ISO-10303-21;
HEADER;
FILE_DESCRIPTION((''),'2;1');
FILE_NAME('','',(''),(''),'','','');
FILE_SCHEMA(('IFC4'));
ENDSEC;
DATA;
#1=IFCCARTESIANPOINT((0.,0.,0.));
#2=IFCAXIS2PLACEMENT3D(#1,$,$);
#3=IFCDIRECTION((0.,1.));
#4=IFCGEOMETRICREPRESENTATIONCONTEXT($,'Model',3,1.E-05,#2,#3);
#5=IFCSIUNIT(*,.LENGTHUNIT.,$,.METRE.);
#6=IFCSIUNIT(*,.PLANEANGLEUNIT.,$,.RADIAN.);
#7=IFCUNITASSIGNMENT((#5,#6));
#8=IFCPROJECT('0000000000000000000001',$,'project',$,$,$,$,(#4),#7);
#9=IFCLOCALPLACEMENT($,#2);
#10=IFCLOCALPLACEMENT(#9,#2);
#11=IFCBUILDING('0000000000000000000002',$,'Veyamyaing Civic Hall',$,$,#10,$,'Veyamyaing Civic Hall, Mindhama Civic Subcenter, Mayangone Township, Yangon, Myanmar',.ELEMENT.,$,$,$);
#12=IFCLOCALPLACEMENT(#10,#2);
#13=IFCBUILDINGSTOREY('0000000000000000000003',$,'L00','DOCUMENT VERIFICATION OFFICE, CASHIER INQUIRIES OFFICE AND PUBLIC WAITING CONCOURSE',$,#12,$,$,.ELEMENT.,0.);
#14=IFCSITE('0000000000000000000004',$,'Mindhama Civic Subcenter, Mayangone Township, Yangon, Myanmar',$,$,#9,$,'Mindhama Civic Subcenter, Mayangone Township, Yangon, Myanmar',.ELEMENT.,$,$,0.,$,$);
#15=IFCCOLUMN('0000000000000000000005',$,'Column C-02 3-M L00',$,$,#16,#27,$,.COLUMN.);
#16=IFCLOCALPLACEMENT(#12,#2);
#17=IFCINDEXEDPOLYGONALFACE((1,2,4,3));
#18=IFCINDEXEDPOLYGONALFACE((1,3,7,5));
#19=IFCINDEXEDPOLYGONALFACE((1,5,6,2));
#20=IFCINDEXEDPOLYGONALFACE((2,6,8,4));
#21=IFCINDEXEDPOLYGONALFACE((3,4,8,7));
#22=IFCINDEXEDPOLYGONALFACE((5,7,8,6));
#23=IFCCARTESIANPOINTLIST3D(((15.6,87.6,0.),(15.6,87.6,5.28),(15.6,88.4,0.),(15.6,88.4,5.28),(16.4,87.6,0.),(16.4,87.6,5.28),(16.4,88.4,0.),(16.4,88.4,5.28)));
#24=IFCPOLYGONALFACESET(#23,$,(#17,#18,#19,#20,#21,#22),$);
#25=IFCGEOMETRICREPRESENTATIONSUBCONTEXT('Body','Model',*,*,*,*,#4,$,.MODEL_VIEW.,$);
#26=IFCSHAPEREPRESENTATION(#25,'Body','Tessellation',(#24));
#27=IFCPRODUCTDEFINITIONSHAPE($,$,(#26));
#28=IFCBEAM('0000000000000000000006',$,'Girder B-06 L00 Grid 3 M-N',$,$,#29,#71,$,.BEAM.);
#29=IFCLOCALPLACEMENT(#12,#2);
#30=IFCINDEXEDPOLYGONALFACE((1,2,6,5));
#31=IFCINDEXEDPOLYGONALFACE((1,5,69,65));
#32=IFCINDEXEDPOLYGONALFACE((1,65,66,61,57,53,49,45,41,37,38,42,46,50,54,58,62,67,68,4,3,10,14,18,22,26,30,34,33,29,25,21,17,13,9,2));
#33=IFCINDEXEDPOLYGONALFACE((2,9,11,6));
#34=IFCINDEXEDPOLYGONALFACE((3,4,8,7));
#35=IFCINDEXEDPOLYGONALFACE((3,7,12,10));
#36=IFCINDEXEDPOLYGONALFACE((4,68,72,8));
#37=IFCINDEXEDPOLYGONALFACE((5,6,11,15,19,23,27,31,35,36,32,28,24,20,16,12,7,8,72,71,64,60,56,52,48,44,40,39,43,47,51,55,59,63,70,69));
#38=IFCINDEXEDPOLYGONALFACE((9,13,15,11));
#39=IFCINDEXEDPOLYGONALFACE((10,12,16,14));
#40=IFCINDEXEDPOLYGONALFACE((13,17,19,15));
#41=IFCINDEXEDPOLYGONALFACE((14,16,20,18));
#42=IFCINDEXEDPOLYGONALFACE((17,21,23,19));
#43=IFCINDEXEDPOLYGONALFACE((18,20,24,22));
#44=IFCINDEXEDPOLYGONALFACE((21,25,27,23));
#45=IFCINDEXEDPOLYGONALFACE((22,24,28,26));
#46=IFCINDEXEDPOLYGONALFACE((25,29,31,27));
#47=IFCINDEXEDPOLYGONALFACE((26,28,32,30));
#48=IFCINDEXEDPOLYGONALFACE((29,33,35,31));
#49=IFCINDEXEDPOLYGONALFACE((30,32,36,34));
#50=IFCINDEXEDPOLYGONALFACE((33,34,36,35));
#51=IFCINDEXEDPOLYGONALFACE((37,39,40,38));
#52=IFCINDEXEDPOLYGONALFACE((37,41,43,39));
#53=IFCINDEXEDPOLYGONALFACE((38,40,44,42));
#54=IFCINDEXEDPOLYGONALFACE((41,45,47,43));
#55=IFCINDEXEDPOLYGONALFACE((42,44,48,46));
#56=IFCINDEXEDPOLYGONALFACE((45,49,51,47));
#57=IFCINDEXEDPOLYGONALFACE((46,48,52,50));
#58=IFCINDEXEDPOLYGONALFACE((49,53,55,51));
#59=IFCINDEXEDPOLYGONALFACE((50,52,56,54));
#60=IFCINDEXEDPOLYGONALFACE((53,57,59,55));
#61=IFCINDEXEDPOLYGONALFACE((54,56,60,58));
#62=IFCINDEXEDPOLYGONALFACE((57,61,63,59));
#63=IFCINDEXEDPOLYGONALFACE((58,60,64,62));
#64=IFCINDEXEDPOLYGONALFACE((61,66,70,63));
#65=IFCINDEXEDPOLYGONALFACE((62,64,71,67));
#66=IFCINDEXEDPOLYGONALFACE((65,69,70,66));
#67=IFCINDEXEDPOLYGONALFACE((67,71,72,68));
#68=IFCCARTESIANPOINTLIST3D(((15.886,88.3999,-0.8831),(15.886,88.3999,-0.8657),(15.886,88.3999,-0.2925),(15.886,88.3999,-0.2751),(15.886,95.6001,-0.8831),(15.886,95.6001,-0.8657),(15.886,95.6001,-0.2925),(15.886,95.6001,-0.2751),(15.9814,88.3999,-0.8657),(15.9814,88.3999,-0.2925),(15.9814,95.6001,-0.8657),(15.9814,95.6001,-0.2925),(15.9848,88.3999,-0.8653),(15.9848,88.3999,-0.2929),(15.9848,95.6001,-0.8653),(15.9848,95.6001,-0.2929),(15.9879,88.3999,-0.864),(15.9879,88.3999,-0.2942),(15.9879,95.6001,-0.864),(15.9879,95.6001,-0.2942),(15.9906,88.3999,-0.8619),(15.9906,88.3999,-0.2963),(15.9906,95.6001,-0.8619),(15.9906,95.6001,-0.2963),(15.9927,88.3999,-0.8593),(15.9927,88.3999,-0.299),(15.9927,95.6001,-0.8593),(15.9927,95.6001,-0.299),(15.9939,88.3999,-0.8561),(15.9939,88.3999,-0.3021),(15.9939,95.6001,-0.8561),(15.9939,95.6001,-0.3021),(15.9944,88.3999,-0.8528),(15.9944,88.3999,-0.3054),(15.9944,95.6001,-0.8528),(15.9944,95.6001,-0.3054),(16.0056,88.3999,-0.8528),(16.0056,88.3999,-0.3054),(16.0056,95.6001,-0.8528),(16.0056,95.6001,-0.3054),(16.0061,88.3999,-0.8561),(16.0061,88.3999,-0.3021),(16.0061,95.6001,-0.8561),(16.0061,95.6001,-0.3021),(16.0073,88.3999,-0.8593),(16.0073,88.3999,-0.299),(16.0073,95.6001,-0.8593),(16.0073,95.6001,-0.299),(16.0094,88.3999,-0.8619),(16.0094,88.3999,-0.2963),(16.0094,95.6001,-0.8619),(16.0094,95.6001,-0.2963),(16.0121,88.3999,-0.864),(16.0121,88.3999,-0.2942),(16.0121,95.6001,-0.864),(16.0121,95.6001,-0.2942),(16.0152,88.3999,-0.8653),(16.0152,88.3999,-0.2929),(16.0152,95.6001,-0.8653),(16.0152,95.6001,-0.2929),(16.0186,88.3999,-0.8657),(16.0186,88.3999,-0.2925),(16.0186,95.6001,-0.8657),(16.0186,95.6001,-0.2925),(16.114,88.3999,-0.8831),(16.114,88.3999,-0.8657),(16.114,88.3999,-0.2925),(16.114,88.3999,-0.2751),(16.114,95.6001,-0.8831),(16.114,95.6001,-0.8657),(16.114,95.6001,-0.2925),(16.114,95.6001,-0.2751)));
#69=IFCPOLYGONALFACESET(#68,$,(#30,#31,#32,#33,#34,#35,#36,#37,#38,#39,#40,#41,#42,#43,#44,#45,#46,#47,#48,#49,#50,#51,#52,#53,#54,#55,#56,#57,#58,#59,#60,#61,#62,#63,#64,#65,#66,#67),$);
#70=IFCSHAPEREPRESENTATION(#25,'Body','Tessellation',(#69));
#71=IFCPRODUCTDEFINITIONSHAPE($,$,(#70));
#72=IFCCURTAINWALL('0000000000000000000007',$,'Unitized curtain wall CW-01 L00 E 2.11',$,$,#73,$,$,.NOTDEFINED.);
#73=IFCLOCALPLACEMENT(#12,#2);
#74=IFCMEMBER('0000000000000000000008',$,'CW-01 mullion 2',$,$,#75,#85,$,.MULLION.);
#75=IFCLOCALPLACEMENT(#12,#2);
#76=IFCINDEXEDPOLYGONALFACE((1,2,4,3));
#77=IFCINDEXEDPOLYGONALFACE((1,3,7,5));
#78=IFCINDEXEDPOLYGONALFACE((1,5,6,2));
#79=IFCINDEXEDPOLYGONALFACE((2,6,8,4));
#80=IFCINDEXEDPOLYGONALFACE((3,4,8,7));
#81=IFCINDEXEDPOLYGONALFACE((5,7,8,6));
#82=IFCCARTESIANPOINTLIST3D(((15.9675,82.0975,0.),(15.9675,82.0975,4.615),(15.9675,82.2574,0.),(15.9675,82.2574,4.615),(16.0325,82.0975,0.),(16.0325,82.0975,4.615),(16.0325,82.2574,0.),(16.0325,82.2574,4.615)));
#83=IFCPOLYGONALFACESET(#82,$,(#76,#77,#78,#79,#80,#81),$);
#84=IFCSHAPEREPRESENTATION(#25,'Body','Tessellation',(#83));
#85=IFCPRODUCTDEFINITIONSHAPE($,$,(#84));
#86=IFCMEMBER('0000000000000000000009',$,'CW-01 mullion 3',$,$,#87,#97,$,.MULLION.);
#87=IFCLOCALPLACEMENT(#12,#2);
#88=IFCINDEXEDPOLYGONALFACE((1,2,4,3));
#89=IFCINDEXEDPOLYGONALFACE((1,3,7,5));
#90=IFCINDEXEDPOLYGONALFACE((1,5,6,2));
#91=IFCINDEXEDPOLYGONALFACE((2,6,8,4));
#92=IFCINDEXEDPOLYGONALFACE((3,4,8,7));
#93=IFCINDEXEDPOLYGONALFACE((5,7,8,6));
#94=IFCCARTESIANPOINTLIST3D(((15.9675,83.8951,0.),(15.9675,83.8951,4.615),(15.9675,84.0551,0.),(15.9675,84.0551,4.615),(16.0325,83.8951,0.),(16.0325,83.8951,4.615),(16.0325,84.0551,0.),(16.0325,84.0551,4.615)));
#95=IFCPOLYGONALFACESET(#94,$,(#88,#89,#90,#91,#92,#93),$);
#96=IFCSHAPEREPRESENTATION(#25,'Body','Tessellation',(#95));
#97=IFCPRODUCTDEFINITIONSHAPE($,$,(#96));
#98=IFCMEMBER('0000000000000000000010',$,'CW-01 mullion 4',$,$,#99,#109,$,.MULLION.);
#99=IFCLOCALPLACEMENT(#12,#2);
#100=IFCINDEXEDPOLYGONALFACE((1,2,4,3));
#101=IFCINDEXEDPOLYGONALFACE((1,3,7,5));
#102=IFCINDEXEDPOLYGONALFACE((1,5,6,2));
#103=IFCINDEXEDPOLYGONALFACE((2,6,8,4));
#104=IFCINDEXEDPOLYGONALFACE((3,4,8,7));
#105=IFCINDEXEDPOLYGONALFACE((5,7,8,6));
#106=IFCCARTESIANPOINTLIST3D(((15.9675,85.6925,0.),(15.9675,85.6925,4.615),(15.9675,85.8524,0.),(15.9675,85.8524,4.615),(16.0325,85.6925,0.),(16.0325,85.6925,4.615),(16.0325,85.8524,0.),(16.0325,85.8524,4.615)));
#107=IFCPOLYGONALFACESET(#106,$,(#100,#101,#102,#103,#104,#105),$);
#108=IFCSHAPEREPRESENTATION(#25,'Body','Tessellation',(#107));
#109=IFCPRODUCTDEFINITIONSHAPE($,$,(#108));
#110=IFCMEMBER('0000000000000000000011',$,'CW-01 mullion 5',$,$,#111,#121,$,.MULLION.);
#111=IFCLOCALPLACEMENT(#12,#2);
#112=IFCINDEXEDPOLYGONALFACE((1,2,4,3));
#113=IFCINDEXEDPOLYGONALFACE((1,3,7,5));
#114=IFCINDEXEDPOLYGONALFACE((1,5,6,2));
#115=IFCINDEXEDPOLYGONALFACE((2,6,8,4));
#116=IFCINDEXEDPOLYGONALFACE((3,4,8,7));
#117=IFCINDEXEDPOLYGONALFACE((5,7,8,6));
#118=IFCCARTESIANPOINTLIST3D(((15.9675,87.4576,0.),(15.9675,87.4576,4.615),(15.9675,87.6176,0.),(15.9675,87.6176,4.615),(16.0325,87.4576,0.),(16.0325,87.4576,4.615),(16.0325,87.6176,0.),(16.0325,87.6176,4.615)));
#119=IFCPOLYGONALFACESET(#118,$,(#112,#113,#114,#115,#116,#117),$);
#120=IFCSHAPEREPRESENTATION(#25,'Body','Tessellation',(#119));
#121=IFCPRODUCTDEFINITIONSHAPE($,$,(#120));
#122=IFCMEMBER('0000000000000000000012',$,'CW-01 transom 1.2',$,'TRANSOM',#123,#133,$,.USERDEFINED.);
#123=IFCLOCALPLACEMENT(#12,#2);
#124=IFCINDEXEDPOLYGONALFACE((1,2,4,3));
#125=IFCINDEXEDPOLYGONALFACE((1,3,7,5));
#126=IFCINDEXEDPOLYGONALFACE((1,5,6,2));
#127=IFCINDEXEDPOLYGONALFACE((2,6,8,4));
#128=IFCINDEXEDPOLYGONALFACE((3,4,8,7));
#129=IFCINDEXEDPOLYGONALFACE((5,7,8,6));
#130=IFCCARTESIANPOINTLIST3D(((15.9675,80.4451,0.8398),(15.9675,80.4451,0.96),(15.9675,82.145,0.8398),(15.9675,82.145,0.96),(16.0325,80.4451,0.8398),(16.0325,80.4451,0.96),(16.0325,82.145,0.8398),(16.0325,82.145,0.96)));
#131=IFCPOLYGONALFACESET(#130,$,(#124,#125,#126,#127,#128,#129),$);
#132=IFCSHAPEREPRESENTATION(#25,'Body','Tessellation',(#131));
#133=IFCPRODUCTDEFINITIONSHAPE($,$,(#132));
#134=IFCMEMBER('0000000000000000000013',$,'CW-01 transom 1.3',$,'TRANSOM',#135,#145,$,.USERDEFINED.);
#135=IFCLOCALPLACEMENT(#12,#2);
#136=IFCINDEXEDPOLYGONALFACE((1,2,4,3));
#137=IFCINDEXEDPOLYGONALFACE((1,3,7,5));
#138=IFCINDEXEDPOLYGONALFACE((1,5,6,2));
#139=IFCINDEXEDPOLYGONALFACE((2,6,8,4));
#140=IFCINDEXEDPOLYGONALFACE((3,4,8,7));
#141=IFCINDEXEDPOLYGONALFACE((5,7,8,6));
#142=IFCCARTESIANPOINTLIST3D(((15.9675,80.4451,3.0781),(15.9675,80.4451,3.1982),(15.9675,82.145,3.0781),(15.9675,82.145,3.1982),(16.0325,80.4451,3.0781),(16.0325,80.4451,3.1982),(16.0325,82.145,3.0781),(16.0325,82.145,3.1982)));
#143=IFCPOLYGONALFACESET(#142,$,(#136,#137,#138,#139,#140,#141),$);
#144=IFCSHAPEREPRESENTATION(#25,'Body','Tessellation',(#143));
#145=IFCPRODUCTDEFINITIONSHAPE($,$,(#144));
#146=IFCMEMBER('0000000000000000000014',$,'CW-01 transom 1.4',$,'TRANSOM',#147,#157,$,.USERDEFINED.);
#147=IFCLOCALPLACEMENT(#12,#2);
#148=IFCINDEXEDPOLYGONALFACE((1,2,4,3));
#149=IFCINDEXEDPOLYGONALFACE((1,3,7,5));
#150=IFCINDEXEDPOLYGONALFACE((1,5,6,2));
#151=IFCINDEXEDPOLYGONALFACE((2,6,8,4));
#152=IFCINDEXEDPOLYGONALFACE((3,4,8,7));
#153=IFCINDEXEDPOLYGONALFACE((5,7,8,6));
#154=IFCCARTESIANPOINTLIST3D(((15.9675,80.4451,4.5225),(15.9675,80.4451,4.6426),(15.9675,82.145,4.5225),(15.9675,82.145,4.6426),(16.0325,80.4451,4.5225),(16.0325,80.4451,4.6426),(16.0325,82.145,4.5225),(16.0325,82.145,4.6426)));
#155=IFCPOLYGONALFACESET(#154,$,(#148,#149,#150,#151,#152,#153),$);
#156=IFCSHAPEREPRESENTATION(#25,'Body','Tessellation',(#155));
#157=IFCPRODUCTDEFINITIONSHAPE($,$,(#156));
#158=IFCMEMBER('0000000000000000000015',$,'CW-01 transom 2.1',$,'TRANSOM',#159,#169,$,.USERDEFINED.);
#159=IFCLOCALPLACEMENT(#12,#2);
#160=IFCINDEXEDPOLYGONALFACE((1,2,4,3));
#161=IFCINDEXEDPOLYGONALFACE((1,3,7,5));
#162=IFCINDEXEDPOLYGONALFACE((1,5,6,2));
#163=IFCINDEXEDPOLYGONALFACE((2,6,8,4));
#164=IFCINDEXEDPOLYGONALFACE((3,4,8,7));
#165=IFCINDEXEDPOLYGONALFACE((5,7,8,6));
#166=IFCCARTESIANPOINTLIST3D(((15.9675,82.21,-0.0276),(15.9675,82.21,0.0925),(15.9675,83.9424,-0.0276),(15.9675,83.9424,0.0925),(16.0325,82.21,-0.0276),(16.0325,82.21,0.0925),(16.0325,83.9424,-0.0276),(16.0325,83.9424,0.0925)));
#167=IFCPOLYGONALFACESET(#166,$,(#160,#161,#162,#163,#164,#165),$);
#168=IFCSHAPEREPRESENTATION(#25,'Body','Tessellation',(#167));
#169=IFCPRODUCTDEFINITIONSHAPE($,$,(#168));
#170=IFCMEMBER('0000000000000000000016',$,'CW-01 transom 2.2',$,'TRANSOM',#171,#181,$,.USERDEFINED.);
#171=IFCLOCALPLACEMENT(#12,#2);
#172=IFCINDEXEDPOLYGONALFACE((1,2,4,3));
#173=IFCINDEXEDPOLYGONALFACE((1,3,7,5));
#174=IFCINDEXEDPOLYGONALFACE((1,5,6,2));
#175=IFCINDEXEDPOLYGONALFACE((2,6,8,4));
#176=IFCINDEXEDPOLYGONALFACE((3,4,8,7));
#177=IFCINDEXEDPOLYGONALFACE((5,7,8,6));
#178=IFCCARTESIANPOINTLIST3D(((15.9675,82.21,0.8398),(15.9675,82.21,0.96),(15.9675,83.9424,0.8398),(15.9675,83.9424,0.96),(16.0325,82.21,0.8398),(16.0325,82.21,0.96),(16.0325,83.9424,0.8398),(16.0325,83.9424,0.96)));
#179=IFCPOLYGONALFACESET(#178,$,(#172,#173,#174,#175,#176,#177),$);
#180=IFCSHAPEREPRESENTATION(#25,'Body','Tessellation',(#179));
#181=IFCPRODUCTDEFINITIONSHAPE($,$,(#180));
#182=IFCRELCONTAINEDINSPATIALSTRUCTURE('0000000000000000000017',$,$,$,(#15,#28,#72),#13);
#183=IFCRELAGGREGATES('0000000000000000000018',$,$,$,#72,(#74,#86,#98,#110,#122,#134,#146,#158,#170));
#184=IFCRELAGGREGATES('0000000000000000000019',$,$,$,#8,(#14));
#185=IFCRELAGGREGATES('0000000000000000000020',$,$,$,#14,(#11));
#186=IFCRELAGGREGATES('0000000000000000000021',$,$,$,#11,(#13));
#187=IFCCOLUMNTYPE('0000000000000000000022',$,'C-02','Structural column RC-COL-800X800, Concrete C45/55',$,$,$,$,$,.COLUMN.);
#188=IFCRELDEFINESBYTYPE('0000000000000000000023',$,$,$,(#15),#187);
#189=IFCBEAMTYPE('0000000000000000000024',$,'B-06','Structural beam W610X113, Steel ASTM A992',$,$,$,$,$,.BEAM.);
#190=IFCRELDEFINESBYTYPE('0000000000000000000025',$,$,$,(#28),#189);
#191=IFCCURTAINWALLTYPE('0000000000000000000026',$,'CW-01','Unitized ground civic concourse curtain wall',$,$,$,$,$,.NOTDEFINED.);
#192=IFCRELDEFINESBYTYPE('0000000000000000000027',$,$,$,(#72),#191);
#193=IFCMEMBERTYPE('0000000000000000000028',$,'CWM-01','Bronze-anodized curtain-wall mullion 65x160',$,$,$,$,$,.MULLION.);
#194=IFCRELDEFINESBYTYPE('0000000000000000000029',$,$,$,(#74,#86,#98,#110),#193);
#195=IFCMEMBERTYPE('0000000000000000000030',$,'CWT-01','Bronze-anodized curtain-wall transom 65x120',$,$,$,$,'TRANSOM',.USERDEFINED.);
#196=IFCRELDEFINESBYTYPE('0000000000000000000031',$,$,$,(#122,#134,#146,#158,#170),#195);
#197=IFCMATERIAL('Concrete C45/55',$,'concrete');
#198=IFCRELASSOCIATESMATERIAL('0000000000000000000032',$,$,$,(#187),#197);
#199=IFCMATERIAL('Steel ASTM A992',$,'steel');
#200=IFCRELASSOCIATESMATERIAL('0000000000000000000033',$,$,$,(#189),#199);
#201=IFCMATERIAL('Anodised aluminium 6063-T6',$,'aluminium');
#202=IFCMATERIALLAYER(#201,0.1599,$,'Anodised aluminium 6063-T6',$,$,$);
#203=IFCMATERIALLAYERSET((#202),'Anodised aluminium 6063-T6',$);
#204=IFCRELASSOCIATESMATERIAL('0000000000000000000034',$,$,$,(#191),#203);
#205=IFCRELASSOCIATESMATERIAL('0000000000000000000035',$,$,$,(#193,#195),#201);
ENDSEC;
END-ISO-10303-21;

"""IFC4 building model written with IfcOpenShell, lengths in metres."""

from ifc_helpers import new_model, si_unit, direction, frame, origin, origin_2d, place, context, subcontext, project, spatial, rectangle, i_section, extrude, material, layer, layer_set, material_profile, profile_set, type_object, element, aggregate, save


model = new_model("IFC4")

# Units and contexts
model_context = context("Model", 3, precision=1e-05, world=origin(), true_north=direction((0.0, 1.0)))
body_context = subcontext(model_context, "Body", "Model", "MODEL_VIEW")
ifc_project = project(units=[si_unit("LENGTHUNIT", "METRE"), si_unit("PLANEANGLEUNIT", "RADIAN")], contexts=[model_context])

# Site, building, storey
site_placement = place(None, origin())
site = spatial("IfcSite", under=ifc_project, at=site_placement, Name="Mindhama Civic Subcenter, Mayangone Township, Yangon, Myanmar", LongName="Mindhama Civic Subcenter, Mayangone Township, Yangon, Myanmar", CompositionType="ELEMENT", RefElevation=0.0)
building_placement = place(site_placement, origin())
building = spatial("IfcBuilding", under=site, at=building_placement, Name="Veyamyaing Civic Hall", LongName="Veyamyaing Civic Hall, Mindhama Civic Subcenter, Mayangone Township, Yangon, Myanmar", CompositionType="ELEMENT")
storey_placement = place(building_placement, origin())
storey = spatial("IfcBuildingStorey", under=building, at=storey_placement, Name="L00", Description="DOCUMENT VERIFICATION OFFICE, CASHIER INQUIRIES OFFICE AND PUBLIC WAITING CONCOURSE", CompositionType="ELEMENT", Elevation=0.0)

# Column
ifc_material_1 = material(Name="Concrete C45/55", Category="concrete")
ifc_material_profile_1 = material_profile(ifc_material_1, rectangle(XDim=0.8, YDim=0.8, at=origin_2d()), Name="RC-COL-800X800")
ifc_profile_set_1 = profile_set([ifc_material_profile_1], Name="Concrete C45/55")
column_type = type_object("IfcColumnType", Name="C-02", Description="Structural column RC-COL-800X800, Concrete C45/55", PredefinedType="COLUMN", material=ifc_profile_set_1)
column_placement = place(storey_placement, frame((16.0, 88.0, 0.0), z_axis=(0.0, 0.0, 1.0), x_axis=(1.0, 0.0, 0.0)))
element("IfcColumn", 1, at=column_placement, inside=storey, type_object=column_type, Name="Column C-02 3-M L00", PredefinedType="COLUMN", context=body_context, shape_type="SweptSolid", body=[
    extrude(rectangle(XDim=0.8, YDim=0.8, at=origin_2d()), origin(), (0.0, 0.0, 1.0), 5.28),
])

# Beam
ifc_material_2 = material(Name="Steel ASTM A992", Category="steel")
ifc_material_profile_2 = material_profile(ifc_material_2, i_section(OverallWidth=0.228, OverallDepth=0.6079, WebThickness=0.0112, FlangeThickness=0.0173, FilletRadius=0.0129, at=origin_2d()), Name="W610X113")
ifc_profile_set_2 = profile_set([ifc_material_profile_2], Name="Steel ASTM A992")
beam_type = type_object("IfcBeamType", Name="B-06", Description="Structural beam W610X113, Steel ASTM A992", PredefinedType="BEAM", material=ifc_profile_set_2)
beam_placement = place(storey_placement, frame((16.0, 88.3999, -0.5791), z_axis=(0.0, 1.0, 0.0), x_axis=(-1.0, 0.0, 0.0)))
element("IfcBeam", 2, at=beam_placement, inside=storey, type_object=beam_type, Name="Girder B-06 L00 Grid 3 M-N", PredefinedType="BEAM", context=body_context, shape_type="SweptSolid", body=[
    extrude(i_section(OverallWidth=0.228, OverallDepth=0.6079, WebThickness=0.0112, FlangeThickness=0.0173, FilletRadius=0.0129, at=origin_2d()), origin(), (0.0, 0.0, 1.0), 7.2002),
])

# Curtain wall, members
ifc_material_3 = material(Name="Anodised aluminium 6063-T6", Category="aluminium")
ifc_layer_1 = layer(ifc_material_3, 0.1599, Name="Anodised aluminium 6063-T6")
ifc_layer_set_1 = layer_set([ifc_layer_1], Name="Anodised aluminium 6063-T6")
curtain_wall_type = type_object("IfcCurtainWallType", Name="CW-01", Description="Unitized ground civic concourse curtain wall", PredefinedType="NOTDEFINED", material=ifc_layer_set_1)
curtain_wall_placement = place(storey_placement, origin())
curtain_wall = element("IfcCurtainWall", 3, at=curtain_wall_placement, inside=storey, type_object=curtain_wall_type, Name="Unitized curtain wall CW-01 L00 E 2.11", PredefinedType="NOTDEFINED")
ifc_material_profile_3 = material_profile(ifc_material_3, rectangle(XDim=0.0649, YDim=0.1599, at=origin_2d()), Name="ALU-MUL-65X160")
ifc_profile_set_3 = profile_set([ifc_material_profile_3], Name="Anodised aluminium 6063-T6")
member_type_1 = type_object("IfcMemberType", Name="CWM-01", Description="Bronze-anodized curtain-wall mullion 65x160", PredefinedType="MULLION", material=ifc_profile_set_3)
member_1_placement = place(storey_placement, frame((16.0, 82.1775, 0.0), z_axis=(0.0, 0.0, 1.0), x_axis=(-1.0, 0.0, 0.0)))
member_1 = element("IfcMember", 4, at=member_1_placement, type_object=member_type_1, Name="CW-01 mullion 2", PredefinedType="MULLION", context=body_context, shape_type="SweptSolid", body=[
    extrude(rectangle(XDim=0.0649, YDim=0.1599, at=origin_2d()), origin(), (0.0, 0.0, 1.0), 4.615),
])
member_2_placement = place(storey_placement, frame((16.0, 83.9751, 0.0), z_axis=(0.0, 0.0, 1.0), x_axis=(-1.0, 0.0, 0.0)))
member_2 = element("IfcMember", 5, at=member_2_placement, type_object=member_type_1, Name="CW-01 mullion 3", PredefinedType="MULLION", context=body_context, shape_type="SweptSolid", body=[
    extrude(rectangle(XDim=0.0649, YDim=0.1599, at=origin_2d()), origin(), (0.0, 0.0, 1.0), 4.615),
])
member_3_placement = place(storey_placement, frame((16.0, 85.7725, 0.0), z_axis=(0.0, 0.0, 1.0), x_axis=(-1.0, 0.0, 0.0)))
member_3 = element("IfcMember", 6, at=member_3_placement, type_object=member_type_1, Name="CW-01 mullion 4", PredefinedType="MULLION", context=body_context, shape_type="SweptSolid", body=[
    extrude(rectangle(XDim=0.0649, YDim=0.1599, at=origin_2d()), origin(), (0.0, 0.0, 1.0), 4.615),
])
member_4_placement = place(storey_placement, frame((16.0, 87.5376, 0.0), z_axis=(0.0, 0.0, 1.0), x_axis=(-1.0, 0.0, 0.0)))
member_4 = element("IfcMember", 7, at=member_4_placement, type_object=member_type_1, Name="CW-01 mullion 5", PredefinedType="MULLION", context=body_context, shape_type="SweptSolid", body=[
    extrude(rectangle(XDim=0.0649, YDim=0.1599, at=origin_2d()), origin(), (0.0, 0.0, 1.0), 4.615),
])
ifc_material_profile_4 = material_profile(ifc_material_3, rectangle(XDim=0.0649, YDim=0.1201, at=origin_2d()), Name="ALU-TRN-65X120")
ifc_profile_set_4 = profile_set([ifc_material_profile_4], Name="Anodised aluminium 6063-T6")
member_type_2 = type_object("IfcMemberType", Name="CWT-01", Description="Bronze-anodized curtain-wall transom 65x120", ElementType="TRANSOM", PredefinedType="USERDEFINED", material=ifc_profile_set_4)
member_5_placement = place(storey_placement, frame((16.0, 80.4451, 0.8999), z_axis=(0.0, 1.0, 0.0), x_axis=(-1.0, 0.0, 0.0)))
member_5 = element("IfcMember", 8, at=member_5_placement, type_object=member_type_2, Name="CW-01 transom 1.2", ObjectType="TRANSOM", PredefinedType="USERDEFINED", context=body_context, shape_type="SweptSolid", body=[
    extrude(rectangle(XDim=0.0649, YDim=0.1201, at=origin_2d()), origin(), (0.0, 0.0, 1.0), 1.7),
])
member_6_placement = place(storey_placement, frame((16.0, 80.4451, 3.1382), z_axis=(0.0, 1.0, 0.0), x_axis=(-1.0, 0.0, 0.0)))
member_6 = element("IfcMember", 9, at=member_6_placement, type_object=member_type_2, Name="CW-01 transom 1.3", ObjectType="TRANSOM", PredefinedType="USERDEFINED", context=body_context, shape_type="SweptSolid", body=[
    extrude(rectangle(XDim=0.0649, YDim=0.1201, at=origin_2d()), origin(), (0.0, 0.0, 1.0), 1.7),
])
member_7_placement = place(storey_placement, frame((16.0, 80.4451, 4.5825), z_axis=(0.0, 1.0, 0.0), x_axis=(-1.0, 0.0, 0.0)))
member_7 = element("IfcMember", 10, at=member_7_placement, type_object=member_type_2, Name="CW-01 transom 1.4", ObjectType="TRANSOM", PredefinedType="USERDEFINED", context=body_context, shape_type="SweptSolid", body=[
    extrude(rectangle(XDim=0.0649, YDim=0.1201, at=origin_2d()), origin(), (0.0, 0.0, 1.0), 1.7),
])
member_8_placement = place(storey_placement, frame((16.0, 82.21, 0.0325), z_axis=(0.0, 1.0, 0.0), x_axis=(-1.0, 0.0, 0.0)))
member_8 = element("IfcMember", 11, at=member_8_placement, type_object=member_type_2, Name="CW-01 transom 2.1", ObjectType="TRANSOM", PredefinedType="USERDEFINED", context=body_context, shape_type="SweptSolid", body=[
    extrude(rectangle(XDim=0.0649, YDim=0.1201, at=origin_2d()), origin(), (0.0, 0.0, 1.0), 1.7324),
])
member_9_placement = place(storey_placement, frame((16.0, 82.21, 0.8999), z_axis=(0.0, 1.0, 0.0), x_axis=(-1.0, 0.0, 0.0)))
member_9 = element("IfcMember", 12, at=member_9_placement, type_object=member_type_2, Name="CW-01 transom 2.2", ObjectType="TRANSOM", PredefinedType="USERDEFINED", context=body_context, shape_type="SweptSolid", body=[
    extrude(rectangle(XDim=0.0649, YDim=0.1201, at=origin_2d()), origin(), (0.0, 0.0, 1.0), 1.7324),
])
aggregate(curtain_wall, [member_1, member_2, member_3, member_4, member_5, member_6, member_7, member_8, member_9])

save(model, "model.ifc")
